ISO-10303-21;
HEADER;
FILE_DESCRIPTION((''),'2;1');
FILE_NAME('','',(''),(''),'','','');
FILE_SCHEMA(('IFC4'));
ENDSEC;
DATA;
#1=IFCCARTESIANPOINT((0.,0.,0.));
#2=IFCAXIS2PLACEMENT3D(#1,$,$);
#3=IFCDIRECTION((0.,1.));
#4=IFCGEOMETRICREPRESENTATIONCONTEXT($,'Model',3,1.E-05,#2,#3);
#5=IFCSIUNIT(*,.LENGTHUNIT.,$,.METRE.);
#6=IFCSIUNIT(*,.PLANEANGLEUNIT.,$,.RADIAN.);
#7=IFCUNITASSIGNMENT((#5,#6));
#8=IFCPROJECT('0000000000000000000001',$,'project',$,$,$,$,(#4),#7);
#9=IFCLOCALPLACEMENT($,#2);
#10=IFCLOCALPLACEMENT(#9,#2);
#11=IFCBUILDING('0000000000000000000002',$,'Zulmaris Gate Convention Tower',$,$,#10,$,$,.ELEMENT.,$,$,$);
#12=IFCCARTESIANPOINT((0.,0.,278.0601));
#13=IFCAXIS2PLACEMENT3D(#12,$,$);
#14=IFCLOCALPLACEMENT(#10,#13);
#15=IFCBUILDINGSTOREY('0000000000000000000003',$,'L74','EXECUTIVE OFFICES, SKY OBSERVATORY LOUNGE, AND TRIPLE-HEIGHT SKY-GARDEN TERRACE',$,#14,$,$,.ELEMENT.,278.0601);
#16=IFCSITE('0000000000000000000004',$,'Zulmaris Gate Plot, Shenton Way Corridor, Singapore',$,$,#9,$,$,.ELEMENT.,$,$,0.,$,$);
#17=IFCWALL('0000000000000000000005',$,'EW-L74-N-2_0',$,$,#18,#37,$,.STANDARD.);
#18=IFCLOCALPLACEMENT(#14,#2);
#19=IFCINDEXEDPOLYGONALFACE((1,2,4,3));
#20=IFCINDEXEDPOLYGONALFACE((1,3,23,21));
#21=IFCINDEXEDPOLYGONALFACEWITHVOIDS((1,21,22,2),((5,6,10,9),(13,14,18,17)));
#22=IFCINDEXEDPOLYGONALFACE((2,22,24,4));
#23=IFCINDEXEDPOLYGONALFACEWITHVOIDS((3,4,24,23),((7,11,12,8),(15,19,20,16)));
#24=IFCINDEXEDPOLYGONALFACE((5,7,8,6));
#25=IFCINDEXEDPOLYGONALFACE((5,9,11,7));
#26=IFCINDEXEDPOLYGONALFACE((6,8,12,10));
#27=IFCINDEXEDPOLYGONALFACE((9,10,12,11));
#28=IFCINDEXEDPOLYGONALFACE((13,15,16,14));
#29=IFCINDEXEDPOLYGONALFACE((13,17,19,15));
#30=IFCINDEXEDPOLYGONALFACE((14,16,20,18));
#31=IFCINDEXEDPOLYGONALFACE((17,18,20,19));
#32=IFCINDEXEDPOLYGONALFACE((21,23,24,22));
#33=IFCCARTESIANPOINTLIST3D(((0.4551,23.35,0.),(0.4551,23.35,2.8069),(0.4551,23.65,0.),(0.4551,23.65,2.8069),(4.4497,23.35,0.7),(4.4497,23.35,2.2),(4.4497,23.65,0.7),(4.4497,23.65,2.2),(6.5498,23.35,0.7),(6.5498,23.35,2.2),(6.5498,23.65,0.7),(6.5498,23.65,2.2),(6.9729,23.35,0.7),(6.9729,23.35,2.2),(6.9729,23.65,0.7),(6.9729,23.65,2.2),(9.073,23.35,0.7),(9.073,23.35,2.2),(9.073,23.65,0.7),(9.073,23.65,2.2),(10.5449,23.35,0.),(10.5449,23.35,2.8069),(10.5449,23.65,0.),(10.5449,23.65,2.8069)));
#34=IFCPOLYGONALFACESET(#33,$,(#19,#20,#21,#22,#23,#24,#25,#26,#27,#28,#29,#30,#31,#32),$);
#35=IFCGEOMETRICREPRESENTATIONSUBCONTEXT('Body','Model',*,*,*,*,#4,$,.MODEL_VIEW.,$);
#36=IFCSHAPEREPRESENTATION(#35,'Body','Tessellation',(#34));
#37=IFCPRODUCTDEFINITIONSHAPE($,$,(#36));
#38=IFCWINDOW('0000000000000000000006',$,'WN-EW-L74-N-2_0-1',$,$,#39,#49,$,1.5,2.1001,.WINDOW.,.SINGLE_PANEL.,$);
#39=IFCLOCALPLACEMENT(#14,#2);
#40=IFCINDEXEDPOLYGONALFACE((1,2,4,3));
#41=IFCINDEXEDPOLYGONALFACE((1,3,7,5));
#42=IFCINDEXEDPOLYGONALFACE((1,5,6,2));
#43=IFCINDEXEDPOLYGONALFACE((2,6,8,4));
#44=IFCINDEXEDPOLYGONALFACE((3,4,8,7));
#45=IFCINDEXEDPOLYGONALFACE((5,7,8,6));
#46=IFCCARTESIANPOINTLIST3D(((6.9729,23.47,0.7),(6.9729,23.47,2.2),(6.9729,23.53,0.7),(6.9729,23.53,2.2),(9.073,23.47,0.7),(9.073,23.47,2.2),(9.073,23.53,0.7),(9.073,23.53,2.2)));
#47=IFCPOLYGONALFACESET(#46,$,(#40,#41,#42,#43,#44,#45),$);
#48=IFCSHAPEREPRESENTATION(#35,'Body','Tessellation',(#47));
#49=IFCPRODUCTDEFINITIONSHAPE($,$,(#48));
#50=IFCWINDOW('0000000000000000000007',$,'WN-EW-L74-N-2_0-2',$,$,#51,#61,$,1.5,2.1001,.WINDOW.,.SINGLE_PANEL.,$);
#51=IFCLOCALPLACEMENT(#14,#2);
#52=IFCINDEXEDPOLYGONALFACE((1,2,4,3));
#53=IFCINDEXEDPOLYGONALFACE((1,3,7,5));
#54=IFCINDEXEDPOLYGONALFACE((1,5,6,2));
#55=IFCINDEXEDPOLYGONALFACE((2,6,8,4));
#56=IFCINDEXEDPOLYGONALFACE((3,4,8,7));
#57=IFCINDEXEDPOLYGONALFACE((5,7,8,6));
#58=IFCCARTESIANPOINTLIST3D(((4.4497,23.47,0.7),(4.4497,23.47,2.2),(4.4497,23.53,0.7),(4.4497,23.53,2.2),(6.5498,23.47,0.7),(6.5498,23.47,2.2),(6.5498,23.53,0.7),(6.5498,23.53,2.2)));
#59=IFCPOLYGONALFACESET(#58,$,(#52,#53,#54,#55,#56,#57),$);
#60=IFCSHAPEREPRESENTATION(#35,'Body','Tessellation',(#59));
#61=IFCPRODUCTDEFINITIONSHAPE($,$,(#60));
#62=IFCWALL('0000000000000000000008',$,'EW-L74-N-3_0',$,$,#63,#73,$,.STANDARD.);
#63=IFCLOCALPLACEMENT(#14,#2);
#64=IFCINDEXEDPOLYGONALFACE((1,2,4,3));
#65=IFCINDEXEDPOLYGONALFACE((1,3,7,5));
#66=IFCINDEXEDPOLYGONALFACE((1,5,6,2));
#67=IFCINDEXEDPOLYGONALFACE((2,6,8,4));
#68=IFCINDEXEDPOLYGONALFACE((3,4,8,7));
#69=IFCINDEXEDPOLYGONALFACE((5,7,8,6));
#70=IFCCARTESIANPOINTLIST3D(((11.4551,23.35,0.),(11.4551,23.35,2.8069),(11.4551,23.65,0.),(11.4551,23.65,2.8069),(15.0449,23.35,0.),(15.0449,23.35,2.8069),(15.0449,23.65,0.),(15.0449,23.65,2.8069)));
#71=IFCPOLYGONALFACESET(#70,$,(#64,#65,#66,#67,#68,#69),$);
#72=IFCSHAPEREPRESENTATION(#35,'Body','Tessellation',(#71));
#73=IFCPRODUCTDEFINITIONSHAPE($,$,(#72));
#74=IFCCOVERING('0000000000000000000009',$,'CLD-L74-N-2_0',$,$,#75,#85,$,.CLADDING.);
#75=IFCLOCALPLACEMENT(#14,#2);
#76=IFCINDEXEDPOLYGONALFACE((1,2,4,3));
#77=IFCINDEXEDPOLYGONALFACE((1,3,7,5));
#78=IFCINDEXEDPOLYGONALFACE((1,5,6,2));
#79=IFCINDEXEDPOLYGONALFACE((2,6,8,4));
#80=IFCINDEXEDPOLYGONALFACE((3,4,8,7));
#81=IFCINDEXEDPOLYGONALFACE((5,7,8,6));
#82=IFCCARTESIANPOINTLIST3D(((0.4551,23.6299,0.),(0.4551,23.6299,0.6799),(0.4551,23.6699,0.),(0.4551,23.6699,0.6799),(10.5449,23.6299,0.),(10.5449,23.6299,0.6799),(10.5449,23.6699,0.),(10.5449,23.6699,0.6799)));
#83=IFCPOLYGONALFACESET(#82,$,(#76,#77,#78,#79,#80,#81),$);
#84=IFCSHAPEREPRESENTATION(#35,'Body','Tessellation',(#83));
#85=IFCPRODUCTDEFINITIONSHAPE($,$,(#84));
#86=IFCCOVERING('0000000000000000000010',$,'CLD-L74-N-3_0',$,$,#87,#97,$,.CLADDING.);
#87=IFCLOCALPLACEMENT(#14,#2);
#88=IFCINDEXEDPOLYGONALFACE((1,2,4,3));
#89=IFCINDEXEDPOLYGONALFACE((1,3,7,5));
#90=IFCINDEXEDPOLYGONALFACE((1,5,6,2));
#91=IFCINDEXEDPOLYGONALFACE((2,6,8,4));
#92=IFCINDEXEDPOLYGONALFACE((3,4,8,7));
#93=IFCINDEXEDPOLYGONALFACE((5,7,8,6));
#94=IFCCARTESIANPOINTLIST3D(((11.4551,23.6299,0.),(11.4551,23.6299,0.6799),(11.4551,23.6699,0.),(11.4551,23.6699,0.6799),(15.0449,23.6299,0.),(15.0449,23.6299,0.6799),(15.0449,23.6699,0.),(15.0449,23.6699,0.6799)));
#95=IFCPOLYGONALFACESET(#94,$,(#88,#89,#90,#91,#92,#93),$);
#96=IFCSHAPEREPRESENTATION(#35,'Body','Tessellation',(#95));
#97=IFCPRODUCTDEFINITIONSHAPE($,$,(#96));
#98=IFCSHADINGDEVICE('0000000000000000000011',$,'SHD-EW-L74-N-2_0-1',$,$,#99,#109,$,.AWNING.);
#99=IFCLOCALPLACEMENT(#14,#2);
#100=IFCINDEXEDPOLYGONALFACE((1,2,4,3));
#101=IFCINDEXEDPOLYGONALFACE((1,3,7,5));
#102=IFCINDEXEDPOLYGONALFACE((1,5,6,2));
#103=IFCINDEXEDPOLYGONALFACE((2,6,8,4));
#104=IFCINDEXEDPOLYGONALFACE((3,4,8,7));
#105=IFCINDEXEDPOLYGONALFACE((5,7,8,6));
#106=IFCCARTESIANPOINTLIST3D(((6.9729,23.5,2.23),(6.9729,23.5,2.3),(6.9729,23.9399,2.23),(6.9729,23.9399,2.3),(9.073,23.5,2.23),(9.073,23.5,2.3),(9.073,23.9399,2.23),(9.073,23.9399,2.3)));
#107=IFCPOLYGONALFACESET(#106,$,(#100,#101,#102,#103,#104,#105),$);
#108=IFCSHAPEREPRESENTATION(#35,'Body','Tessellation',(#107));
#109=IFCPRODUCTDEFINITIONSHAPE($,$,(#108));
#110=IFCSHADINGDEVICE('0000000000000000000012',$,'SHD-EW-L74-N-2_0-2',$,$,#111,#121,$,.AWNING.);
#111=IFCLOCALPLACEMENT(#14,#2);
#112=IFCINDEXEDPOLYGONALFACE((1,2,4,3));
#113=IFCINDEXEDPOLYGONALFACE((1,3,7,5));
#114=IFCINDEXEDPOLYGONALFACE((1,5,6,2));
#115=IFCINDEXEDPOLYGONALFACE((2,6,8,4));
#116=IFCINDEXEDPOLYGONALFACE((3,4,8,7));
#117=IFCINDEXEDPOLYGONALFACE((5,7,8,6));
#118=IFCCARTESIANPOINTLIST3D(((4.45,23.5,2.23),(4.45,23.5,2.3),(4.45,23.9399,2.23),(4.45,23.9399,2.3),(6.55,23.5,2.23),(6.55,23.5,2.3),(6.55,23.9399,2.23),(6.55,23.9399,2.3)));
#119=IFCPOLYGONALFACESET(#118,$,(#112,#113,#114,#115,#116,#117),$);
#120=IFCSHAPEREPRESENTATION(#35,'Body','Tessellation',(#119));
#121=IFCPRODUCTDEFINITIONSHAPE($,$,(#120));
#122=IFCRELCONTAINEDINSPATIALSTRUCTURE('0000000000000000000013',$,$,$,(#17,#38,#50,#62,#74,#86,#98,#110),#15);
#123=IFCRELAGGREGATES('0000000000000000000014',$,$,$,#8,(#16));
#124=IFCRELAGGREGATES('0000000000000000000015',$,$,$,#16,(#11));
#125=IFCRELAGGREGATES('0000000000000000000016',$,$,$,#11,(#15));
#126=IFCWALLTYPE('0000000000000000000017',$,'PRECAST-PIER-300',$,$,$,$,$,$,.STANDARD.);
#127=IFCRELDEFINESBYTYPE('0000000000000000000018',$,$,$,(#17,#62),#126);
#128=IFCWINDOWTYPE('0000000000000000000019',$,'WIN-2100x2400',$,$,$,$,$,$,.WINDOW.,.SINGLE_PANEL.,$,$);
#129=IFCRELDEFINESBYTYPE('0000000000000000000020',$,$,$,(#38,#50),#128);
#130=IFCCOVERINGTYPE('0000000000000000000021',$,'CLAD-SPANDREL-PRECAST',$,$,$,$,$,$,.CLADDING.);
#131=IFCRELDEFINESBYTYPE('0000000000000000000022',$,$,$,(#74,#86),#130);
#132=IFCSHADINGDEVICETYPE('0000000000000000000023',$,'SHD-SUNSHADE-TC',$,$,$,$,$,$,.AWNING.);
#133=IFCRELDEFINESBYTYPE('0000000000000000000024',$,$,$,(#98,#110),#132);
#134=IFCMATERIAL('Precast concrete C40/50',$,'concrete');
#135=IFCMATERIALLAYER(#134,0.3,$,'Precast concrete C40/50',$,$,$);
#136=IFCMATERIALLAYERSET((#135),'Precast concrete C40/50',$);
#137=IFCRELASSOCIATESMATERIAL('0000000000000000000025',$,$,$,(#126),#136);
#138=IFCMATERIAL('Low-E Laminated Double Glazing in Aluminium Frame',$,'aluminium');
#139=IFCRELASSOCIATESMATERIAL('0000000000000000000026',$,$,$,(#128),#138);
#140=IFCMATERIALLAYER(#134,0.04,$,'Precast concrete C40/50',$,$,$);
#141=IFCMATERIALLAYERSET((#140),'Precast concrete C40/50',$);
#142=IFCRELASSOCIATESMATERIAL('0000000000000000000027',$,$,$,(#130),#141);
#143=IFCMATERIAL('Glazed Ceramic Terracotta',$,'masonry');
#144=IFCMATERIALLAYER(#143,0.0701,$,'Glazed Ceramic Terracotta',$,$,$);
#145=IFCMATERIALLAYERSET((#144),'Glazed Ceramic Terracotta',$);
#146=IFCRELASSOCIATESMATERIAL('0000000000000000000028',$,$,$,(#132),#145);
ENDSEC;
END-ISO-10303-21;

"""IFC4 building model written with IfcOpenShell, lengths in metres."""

from ifc_helpers import new_model, si_unit, direction, frame, frame_2d, origin, place, context, subcontext, project, spatial, rectangle, extrude, material, layer, layer_set, type_object, element, fill, save


model = new_model("IFC4")

# Units and contexts
model_context = context("Model", 3, precision=1e-05, world=origin(), true_north=direction((0.0, 1.0)))
body_context = subcontext(model_context, "Body", "Model", "MODEL_VIEW")
ifc_project = project(units=[si_unit("LENGTHUNIT", "METRE"), si_unit("PLANEANGLEUNIT", "RADIAN")], contexts=[model_context])

# Site, building, storey
site_placement = place(None, origin())
site = spatial("IfcSite", under=ifc_project, at=site_placement, Name="Zulmaris Gate Plot, Shenton Way Corridor, Singapore", CompositionType="ELEMENT", RefElevation=0.0)
building_placement = place(site_placement, origin())
building = spatial("IfcBuilding", under=site, at=building_placement, Name="Zulmaris Gate Convention Tower", CompositionType="ELEMENT")
storey_placement = place(building_placement, frame((0.0, 0.0, 278.0601)))
storey = spatial("IfcBuildingStorey", under=building, at=storey_placement, Name="L74", Description="EXECUTIVE OFFICES, SKY OBSERVATORY LOUNGE, AND TRIPLE-HEIGHT SKY-GARDEN TERRACE", CompositionType="ELEMENT", Elevation=278.0601)

# Shared definitions
ifc_material_1 = material(Name="Precast concrete C40/50", Category="concrete")
ifc_layer_1 = layer(ifc_material_1, 0.3, Name="Precast concrete C40/50")
ifc_layer_set_1 = layer_set([ifc_layer_1], Name="Precast concrete C40/50")
wall_type_1 = type_object("IfcWallType", Name="PRECAST-PIER-300", PredefinedType="STANDARD", material=ifc_layer_set_1)
ifc_material_2 = material(Name="Low-E Laminated Double Glazing in Aluminium Frame", Category="aluminium")

# Wall, openings, windows
wall_1_placement = place(storey_placement, frame((10.5449, 23.5, 0.0), z_axis=(0.0, 0.0, 1.0), x_axis=(-1.0, 0.0, 0.0)))
wall_1 = element("IfcWall", 1, at=wall_1_placement, inside=storey, type_object=wall_type_1, Name="EW-L74-N-2_0", PredefinedType="STANDARD", context=body_context, shape_type="SweptSolid", body=[
    extrude(rectangle(XDim=10.0898, YDim=0.3, at=frame_2d((5.0449, 0.0))), origin(), (0.0, 0.0, 1.0), 2.8069),
])
opening_1_placement = place(wall_1_placement, frame((1.4719, 0.0, 0.7)))
opening_1 = element("IfcOpeningElement", 2, at=opening_1_placement, cuts=wall_1, PredefinedType="OPENING", context=body_context, shape_type="SweptSolid", body=[
    extrude(rectangle(XDim=2.1001, YDim=1.5, at=frame_2d((1.05, 0.75))), frame((0.0, 0.1602, 0.0), z_axis=(0.0, -1.0, 0.0), x_axis=(1.0, 0.0, 0.0)), (0.0, 0.0, 1.0), 0.3201),
])
opening_2_placement = place(wall_1_placement, frame((3.9951, 0.0, 0.7)))
opening_2 = element("IfcOpeningElement", 3, at=opening_2_placement, cuts=wall_1, PredefinedType="OPENING", context=body_context, shape_type="SweptSolid", body=[
    extrude(rectangle(XDim=2.1001, YDim=1.5, at=frame_2d((1.05, 0.75))), frame((0.0, 0.1602, 0.0), z_axis=(0.0, -1.0, 0.0), x_axis=(1.0, 0.0, 0.0)), (0.0, 0.0, 1.0), 0.3201),
])
window_type_1 = type_object("IfcWindowType", Name="WIN-2100x2400", PartitioningType="SINGLE_PANEL", PredefinedType="WINDOW", material=ifc_material_2)
window_1_placement = place(opening_1_placement, origin())
window_1 = element("IfcWindow", 4, at=window_1_placement, inside=storey, type_object=window_type_1, Name="WN-EW-L74-N-2_0-1", OverallHeight=1.5, OverallWidth=2.1001, PartitioningType="SINGLE_PANEL", PredefinedType="WINDOW", context=body_context, shape_type="SweptSolid", body=[
    extrude(rectangle(XDim=2.1001, YDim=1.5, at=frame_2d((1.05, 0.75))), frame((0.0, 0.03, 0.0), z_axis=(0.0, -1.0, 0.0), x_axis=(1.0, 0.0, 0.0)), (0.0, 0.0, 1.0), 0.0601),
])
fill(opening_1, window_1)
window_2_placement = place(opening_2_placement, origin())
window_2 = element("IfcWindow", 5, at=window_2_placement, inside=storey, type_object=window_type_1, Name="WN-EW-L74-N-2_0-2", OverallHeight=1.5, OverallWidth=2.1001, PartitioningType="SINGLE_PANEL", PredefinedType="WINDOW", context=body_context, shape_type="SweptSolid", body=[
    extrude(rectangle(XDim=2.1001, YDim=1.5, at=frame_2d((1.05, 0.75))), frame((0.0, 0.03, 0.0), z_axis=(0.0, -1.0, 0.0), x_axis=(1.0, 0.0, 0.0)), (0.0, 0.0, 1.0), 0.0601),
])
fill(opening_2, window_2)

# Wall
wall_2_placement = place(storey_placement, frame((15.0449, 23.5, 0.0), z_axis=(0.0, 0.0, 1.0), x_axis=(-1.0, 0.0, 0.0)))
element("IfcWall", 6, at=wall_2_placement, inside=storey, type_object=wall_type_1, Name="EW-L74-N-3_0", PredefinedType="STANDARD", context=body_context, shape_type="SweptSolid", body=[
    extrude(rectangle(XDim=3.5898, YDim=0.3, at=frame_2d((1.7949, 0.0))), origin(), (0.0, 0.0, 1.0), 2.8069),
])

# Coverings
ifc_layer_2 = layer(ifc_material_1, 0.04, Name="Precast concrete C40/50")
ifc_layer_set_2 = layer_set([ifc_layer_2], Name="Precast concrete C40/50")
covering_type = type_object("IfcCoveringType", Name="CLAD-SPANDREL-PRECAST", PredefinedType="CLADDING", material=ifc_layer_set_2)
covering_1_placement = place(storey_placement, frame((10.5449, 23.6499, 0.0), z_axis=(0.0, 0.0, 1.0), x_axis=(-1.0, 0.0, 0.0)))
element("IfcCovering", 7, at=covering_1_placement, inside=storey, type_object=covering_type, Name="CLD-L74-N-2_0", PredefinedType="CLADDING", context=body_context, shape_type="SweptSolid", body=[
    extrude(rectangle(XDim=10.0898, YDim=0.04, at=frame_2d((5.0449, 0.0))), origin(), (0.0, 0.0, 1.0), 0.6799),
])
covering_2_placement = place(storey_placement, frame((15.0449, 23.6499, 0.0), z_axis=(0.0, 0.0, 1.0), x_axis=(-1.0, 0.0, 0.0)))
element("IfcCovering", 8, at=covering_2_placement, inside=storey, type_object=covering_type, Name="CLD-L74-N-3_0", PredefinedType="CLADDING", context=body_context, shape_type="SweptSolid", body=[
    extrude(rectangle(XDim=3.5898, YDim=0.04, at=frame_2d((1.7949, 0.0))), origin(), (0.0, 0.0, 1.0), 0.6799),
])

# Shading devices
ifc_material_3 = material(Name="Glazed Ceramic Terracotta", Category="masonry")
ifc_layer_3 = layer(ifc_material_3, 0.0701, Name="Glazed Ceramic Terracotta")
ifc_layer_set_3 = layer_set([ifc_layer_3], Name="Glazed Ceramic Terracotta")
shading_device_type = type_object("IfcShadingDeviceType", Name="SHD-SUNSHADE-TC", PredefinedType="AWNING", material=ifc_layer_set_3)
for number, where, z_axis, x_axis, name in (
    (9, (9.073, 23.72, 2.23), (0.0, 0.0, 1.0), (-1.0, 0.0, 0.0), "SHD-EW-L74-N-2_0-1"),
    (10, (6.55, 23.72, 2.23), (0.0, 0.0, 1.0), (-1.0, 0.0, 0.0), "SHD-EW-L74-N-2_0-2"),
):
    element("IfcShadingDevice", number, at=place(storey_placement, frame(where, z_axis=z_axis, x_axis=x_axis)), inside=storey, type_object=shading_device_type, Name=name, PredefinedType="AWNING", context=body_context, shape_type="SweptSolid", body=[
        extrude(rectangle(XDim=2.1001, YDim=0.4399, at=frame_2d((1.05, 0.0))), origin(), (0.0, 0.0, 1.0), 0.0701),
    ])

save(model, "model.ifc")
